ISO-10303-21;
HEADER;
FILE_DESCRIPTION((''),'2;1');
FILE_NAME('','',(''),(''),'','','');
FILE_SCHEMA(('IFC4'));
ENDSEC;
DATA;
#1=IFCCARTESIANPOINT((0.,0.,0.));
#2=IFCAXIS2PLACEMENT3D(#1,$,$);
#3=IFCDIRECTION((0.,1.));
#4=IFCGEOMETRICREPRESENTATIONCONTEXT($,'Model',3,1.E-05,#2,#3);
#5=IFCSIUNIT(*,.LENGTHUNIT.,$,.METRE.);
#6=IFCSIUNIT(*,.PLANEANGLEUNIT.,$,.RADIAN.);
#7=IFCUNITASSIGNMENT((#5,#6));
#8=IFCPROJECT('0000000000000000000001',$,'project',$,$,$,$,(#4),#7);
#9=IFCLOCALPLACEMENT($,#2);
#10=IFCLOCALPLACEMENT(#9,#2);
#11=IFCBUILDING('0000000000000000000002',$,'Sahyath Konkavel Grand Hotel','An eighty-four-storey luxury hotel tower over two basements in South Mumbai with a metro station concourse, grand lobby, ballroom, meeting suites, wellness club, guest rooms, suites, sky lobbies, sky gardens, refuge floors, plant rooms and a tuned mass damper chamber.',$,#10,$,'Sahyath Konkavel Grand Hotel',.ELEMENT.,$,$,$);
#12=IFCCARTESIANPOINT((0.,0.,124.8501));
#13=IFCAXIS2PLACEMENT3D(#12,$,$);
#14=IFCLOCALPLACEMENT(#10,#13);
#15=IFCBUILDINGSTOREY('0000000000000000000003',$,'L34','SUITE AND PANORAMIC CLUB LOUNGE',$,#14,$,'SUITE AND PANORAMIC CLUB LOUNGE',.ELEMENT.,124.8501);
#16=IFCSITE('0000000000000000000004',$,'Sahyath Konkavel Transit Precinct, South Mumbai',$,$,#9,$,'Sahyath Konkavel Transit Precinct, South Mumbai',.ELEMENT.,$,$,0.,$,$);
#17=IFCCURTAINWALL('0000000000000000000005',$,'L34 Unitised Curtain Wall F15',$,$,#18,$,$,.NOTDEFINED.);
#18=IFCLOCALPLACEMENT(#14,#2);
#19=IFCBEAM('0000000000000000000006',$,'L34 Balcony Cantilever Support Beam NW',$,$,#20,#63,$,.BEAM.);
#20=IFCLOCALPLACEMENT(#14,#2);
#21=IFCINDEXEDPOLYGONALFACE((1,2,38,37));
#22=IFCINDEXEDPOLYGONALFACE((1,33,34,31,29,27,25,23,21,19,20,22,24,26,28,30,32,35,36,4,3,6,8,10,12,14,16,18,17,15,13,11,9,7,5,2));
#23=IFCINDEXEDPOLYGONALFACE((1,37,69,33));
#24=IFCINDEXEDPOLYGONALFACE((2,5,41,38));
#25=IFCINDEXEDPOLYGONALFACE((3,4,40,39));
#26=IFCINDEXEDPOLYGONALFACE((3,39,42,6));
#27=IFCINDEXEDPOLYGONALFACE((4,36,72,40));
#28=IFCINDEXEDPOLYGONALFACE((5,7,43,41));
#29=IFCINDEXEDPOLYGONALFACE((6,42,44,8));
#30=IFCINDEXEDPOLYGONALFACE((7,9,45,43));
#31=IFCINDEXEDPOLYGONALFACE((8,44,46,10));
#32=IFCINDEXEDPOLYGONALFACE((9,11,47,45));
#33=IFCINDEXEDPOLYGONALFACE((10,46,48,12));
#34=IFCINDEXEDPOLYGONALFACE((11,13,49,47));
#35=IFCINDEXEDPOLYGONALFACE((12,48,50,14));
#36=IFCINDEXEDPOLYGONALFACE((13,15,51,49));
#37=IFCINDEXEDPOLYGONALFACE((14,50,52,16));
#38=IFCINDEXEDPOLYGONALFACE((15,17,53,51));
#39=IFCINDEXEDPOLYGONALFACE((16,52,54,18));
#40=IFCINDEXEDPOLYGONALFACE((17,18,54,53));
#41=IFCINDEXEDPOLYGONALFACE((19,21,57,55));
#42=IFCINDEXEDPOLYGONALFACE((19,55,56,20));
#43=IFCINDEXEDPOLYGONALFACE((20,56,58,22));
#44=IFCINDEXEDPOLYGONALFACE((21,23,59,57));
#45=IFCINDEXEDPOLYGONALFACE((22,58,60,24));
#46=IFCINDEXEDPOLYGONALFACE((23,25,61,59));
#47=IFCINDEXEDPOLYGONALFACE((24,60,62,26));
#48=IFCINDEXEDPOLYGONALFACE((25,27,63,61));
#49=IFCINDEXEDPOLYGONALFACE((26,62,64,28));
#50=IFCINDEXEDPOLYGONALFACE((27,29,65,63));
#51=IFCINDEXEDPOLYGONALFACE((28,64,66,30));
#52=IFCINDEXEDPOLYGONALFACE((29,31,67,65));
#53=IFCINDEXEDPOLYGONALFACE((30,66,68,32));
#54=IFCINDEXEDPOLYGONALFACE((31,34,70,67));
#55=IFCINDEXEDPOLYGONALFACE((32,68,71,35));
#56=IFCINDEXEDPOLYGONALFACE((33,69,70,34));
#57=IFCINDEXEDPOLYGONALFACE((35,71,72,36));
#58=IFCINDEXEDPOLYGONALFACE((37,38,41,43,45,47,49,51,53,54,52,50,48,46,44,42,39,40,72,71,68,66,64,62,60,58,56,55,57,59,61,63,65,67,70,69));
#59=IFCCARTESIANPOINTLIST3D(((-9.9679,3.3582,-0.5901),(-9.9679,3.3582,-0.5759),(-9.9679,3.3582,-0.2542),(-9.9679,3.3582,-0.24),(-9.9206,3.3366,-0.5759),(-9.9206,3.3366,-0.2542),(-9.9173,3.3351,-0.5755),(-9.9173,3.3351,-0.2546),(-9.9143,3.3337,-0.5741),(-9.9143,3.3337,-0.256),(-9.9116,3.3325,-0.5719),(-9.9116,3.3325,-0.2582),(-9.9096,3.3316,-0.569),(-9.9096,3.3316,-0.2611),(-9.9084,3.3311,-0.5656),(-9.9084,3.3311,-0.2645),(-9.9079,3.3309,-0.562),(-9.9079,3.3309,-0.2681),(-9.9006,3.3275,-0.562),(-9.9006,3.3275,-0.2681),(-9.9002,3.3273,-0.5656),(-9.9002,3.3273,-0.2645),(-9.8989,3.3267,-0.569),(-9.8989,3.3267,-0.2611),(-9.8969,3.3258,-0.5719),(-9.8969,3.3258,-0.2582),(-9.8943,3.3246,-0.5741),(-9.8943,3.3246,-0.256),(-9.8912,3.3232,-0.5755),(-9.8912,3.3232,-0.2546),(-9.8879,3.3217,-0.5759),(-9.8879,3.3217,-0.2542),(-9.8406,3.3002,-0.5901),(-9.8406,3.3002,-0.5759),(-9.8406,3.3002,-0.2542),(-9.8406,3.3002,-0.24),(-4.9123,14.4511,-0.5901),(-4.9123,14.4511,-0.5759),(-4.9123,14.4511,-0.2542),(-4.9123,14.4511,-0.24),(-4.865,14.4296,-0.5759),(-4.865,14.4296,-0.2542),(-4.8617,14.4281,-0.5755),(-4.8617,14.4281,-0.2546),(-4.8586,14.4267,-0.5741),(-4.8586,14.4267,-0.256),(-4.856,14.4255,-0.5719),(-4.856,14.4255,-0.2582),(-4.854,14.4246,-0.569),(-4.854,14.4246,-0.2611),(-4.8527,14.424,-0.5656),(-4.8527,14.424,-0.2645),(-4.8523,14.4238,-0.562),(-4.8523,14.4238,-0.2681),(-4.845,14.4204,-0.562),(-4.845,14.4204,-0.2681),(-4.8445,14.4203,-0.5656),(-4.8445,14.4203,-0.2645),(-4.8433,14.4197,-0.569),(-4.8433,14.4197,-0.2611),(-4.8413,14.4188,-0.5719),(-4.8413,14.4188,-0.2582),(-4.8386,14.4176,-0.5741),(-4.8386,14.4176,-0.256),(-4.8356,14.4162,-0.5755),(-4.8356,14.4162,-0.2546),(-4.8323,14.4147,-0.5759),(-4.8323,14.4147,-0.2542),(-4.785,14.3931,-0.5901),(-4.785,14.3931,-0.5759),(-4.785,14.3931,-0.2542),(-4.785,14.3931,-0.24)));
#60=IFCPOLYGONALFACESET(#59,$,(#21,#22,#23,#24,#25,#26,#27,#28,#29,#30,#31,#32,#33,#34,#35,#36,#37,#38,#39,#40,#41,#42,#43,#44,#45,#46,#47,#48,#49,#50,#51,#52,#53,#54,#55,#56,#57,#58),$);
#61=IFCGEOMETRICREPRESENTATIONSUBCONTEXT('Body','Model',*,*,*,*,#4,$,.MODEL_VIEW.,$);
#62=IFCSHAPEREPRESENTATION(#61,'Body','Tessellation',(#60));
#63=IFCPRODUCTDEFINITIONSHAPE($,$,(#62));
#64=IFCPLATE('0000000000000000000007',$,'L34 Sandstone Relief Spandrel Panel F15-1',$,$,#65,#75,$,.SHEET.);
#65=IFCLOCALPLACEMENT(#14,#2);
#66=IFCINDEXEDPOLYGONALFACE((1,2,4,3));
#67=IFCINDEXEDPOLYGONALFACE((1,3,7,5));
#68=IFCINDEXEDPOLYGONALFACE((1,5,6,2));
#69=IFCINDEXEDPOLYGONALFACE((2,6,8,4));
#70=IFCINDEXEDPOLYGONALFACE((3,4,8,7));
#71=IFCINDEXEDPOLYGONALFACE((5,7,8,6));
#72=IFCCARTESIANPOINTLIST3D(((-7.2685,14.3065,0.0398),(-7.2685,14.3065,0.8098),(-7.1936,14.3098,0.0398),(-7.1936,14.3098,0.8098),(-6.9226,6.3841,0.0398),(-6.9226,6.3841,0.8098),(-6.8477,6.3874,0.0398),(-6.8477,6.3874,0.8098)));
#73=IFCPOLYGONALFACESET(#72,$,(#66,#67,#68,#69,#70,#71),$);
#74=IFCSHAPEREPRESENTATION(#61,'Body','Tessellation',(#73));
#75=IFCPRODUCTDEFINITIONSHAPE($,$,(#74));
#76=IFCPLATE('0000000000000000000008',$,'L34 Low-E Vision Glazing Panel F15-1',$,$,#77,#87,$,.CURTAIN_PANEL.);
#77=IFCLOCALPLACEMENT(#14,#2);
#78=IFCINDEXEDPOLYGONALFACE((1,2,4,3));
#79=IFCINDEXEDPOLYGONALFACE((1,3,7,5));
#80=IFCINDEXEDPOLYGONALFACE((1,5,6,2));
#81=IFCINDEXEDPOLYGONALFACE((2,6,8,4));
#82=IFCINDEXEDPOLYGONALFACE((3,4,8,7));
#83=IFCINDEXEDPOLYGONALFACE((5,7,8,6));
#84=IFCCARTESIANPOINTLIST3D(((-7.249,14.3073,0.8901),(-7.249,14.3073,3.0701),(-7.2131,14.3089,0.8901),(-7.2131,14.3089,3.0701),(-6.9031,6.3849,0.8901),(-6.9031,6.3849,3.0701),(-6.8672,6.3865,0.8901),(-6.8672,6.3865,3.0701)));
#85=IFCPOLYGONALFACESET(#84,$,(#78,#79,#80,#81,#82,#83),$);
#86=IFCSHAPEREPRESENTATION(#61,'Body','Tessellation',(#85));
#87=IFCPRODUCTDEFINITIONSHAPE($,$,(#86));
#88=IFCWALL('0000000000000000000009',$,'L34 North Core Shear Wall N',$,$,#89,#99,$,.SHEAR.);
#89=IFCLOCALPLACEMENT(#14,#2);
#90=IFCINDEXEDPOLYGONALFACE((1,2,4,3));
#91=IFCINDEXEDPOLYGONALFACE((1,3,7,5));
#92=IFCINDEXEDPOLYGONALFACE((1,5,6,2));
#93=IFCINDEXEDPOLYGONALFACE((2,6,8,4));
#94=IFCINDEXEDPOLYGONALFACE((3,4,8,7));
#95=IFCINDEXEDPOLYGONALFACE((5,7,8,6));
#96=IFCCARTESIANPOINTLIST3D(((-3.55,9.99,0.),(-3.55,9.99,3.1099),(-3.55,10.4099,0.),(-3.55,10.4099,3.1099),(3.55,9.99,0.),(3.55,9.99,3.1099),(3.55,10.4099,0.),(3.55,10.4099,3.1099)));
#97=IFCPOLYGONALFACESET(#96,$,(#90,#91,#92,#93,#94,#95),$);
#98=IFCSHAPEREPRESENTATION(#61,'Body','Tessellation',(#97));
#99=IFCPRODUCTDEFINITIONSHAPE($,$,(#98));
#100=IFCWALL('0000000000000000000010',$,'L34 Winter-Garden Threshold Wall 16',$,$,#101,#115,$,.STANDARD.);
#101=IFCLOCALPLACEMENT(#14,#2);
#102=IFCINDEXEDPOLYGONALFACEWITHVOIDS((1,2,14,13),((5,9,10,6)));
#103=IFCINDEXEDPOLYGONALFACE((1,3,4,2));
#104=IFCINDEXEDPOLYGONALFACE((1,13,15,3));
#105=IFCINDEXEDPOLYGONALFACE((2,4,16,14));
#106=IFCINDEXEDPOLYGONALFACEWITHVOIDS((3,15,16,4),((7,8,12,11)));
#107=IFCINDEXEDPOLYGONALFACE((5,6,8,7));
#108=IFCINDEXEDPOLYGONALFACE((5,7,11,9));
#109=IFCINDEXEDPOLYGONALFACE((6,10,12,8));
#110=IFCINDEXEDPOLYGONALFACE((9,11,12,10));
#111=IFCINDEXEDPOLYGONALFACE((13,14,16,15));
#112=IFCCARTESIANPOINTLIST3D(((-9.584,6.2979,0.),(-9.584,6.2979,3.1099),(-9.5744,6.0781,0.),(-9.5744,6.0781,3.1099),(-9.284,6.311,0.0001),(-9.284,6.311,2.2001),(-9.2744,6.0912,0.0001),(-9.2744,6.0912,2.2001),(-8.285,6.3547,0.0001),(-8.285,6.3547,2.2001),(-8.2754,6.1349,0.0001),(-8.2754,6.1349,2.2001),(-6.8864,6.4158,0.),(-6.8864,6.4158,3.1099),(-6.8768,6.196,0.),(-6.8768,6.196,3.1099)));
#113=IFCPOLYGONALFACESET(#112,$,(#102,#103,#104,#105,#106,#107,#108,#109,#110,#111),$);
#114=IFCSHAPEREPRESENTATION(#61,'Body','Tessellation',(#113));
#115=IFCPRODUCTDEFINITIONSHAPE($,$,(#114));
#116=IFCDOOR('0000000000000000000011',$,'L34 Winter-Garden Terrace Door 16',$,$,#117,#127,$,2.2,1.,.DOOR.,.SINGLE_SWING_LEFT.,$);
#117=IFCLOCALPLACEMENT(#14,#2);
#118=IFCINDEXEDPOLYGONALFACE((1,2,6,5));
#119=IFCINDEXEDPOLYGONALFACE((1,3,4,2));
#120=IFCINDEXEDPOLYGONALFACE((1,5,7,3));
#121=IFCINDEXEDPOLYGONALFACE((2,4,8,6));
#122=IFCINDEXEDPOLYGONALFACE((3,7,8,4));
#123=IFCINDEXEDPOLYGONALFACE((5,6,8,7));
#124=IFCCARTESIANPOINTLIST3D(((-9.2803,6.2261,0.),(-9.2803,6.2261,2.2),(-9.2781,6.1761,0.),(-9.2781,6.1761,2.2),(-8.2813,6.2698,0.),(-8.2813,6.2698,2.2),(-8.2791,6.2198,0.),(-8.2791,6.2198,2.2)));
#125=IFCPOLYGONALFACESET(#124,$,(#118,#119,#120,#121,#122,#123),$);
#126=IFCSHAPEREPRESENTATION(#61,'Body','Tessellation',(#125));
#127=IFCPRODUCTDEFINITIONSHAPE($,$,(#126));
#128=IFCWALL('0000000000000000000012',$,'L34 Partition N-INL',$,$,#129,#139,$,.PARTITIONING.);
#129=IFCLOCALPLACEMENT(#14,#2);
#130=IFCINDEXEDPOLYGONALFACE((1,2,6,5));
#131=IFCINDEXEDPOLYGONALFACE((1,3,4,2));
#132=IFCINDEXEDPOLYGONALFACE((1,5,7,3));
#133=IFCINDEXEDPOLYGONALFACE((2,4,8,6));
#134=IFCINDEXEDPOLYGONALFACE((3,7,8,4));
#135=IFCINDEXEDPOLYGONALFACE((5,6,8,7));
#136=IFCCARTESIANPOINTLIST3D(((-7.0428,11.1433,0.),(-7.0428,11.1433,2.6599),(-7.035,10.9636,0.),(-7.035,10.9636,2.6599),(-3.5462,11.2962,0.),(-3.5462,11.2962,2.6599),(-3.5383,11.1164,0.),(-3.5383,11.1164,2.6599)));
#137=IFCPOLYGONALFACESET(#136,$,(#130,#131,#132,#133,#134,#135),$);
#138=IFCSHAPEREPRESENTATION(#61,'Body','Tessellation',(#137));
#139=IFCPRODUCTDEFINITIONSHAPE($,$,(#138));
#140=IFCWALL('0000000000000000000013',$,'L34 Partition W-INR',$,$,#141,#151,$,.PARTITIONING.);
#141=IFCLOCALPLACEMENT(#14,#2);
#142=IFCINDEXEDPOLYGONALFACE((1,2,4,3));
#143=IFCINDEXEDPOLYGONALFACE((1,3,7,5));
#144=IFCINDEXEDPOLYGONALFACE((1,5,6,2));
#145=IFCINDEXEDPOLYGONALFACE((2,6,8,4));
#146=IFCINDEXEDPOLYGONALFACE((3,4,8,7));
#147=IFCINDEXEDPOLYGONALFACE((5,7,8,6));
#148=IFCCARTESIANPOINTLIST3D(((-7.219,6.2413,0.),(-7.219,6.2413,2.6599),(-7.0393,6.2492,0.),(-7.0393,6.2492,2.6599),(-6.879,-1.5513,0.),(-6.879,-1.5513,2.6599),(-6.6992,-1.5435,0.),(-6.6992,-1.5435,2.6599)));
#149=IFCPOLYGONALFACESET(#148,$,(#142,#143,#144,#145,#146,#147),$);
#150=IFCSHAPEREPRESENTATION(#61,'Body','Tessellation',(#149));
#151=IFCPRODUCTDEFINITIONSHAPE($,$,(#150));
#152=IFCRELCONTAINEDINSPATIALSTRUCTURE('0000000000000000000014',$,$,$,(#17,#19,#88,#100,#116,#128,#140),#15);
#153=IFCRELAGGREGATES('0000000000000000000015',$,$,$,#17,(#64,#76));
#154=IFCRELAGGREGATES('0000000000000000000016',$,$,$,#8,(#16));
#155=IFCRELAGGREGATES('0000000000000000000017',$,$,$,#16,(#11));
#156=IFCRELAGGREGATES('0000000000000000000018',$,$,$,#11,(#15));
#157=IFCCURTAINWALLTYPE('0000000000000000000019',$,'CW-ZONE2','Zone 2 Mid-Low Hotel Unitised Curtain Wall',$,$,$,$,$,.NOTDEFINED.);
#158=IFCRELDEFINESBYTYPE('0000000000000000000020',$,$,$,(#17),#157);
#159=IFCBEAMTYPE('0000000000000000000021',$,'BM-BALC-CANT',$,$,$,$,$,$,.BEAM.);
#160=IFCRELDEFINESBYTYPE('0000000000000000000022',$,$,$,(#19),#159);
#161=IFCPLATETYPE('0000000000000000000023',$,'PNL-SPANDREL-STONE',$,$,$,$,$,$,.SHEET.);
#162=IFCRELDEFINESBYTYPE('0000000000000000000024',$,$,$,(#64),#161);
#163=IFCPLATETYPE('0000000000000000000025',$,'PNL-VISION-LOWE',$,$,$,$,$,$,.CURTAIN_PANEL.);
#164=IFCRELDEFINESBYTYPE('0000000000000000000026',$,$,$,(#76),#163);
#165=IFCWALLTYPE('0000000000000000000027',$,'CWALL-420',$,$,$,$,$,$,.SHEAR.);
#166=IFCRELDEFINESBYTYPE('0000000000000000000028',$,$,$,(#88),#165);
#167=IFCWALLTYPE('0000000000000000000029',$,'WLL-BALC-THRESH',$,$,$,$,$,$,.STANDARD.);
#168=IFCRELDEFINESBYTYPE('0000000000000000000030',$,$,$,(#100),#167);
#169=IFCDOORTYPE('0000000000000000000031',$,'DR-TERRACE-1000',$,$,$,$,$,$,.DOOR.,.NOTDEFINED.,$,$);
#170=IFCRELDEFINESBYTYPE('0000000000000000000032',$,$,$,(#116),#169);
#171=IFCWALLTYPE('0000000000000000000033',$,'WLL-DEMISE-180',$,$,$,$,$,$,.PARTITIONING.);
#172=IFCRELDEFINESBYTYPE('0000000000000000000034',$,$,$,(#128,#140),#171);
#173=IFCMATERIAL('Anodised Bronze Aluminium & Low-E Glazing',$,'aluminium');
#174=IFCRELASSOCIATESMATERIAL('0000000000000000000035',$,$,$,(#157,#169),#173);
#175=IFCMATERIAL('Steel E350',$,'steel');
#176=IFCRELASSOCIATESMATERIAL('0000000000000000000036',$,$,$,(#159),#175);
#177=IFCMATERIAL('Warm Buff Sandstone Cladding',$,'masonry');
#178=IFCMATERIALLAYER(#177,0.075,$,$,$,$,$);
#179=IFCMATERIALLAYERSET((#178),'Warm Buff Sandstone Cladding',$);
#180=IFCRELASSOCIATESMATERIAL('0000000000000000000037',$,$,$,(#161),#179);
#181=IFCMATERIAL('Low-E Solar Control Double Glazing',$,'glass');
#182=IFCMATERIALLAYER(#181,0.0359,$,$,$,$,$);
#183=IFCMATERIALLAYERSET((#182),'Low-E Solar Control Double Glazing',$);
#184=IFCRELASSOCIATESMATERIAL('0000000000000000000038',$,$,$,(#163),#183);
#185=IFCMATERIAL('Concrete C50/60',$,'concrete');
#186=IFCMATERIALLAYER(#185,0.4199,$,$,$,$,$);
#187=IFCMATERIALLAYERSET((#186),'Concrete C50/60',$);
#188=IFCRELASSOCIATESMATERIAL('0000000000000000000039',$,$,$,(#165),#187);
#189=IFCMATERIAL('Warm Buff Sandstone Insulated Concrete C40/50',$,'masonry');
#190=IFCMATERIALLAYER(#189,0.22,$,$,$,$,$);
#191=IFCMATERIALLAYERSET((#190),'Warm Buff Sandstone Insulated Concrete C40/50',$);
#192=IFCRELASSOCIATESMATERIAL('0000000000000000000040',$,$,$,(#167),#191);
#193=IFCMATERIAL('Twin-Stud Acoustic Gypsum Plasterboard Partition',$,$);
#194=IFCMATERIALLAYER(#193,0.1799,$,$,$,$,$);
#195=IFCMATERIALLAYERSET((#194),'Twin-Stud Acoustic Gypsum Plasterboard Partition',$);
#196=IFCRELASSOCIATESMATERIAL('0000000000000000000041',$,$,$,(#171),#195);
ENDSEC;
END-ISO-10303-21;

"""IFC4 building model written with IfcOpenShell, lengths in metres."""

from ifc_helpers import new_model, si_unit, direction, frame, frame_2d, origin, origin_2d, place, context, subcontext, project, spatial, rectangle, i_section, extrude, source, transform, mapped, material, layer, layer_set, material_profile, profile_set, type_object, element, fill, aggregate, save


model = new_model("IFC4")

# Units and contexts
model_context = context("Model", 3, precision=1e-05, world=origin(), true_north=direction((0.0, 1.0)))
body_context = subcontext(model_context, "Body", "Model", "MODEL_VIEW")
ifc_project = project(units=[si_unit("LENGTHUNIT", "METRE"), si_unit("PLANEANGLEUNIT", "RADIAN")], contexts=[model_context])

# Site, building, storey
site_placement = place(None, origin())
site = spatial("IfcSite", under=ifc_project, at=site_placement, Name="Sahyath Konkavel Transit Precinct, South Mumbai", LongName="Sahyath Konkavel Transit Precinct, South Mumbai", CompositionType="ELEMENT", RefElevation=0.0)
building_placement = place(site_placement, origin())
building = spatial("IfcBuilding", under=site, at=building_placement, Name="Sahyath Konkavel Grand Hotel", Description="An eighty-four-storey luxury hotel tower over two basements in South Mumbai with a metro station concourse, grand lobby, ballroom, meeting suites, wellness club, guest rooms, suites, sky lobbies, sky gardens, refuge floors, plant rooms and a tuned mass damper chamber.", LongName="Sahyath Konkavel Grand Hotel", CompositionType="ELEMENT")
storey_placement = place(building_placement, frame((0.0, 0.0, 124.8501)))
storey = spatial("IfcBuildingStorey", under=building, at=storey_placement, Name="L34", Description="SUITE AND PANORAMIC CLUB LOUNGE", LongName="SUITE AND PANORAMIC CLUB LOUNGE", CompositionType="ELEMENT", Elevation=124.8501)

# Shared definitions
ifc_material_1 = material(Name="Steel E350", Category="steel")

# Curtain wall
ifc_material_2 = material(Name="Anodised Bronze Aluminium & Low-E Glazing", Category="aluminium")
curtain_wall_type = type_object("IfcCurtainWallType", Name="CW-ZONE2", Description="Zone 2 Mid-Low Hotel Unitised Curtain Wall", PredefinedType="NOTDEFINED", material=ifc_material_2)
curtain_wall_1_placement = place(storey_placement, origin())
curtain_wall_1 = element("IfcCurtainWall", 1, at=curtain_wall_1_placement, inside=storey, type_object=curtain_wall_type, Name="L34 Unitised Curtain Wall F15", PredefinedType="NOTDEFINED")

# Beam
ifc_material_profile_1 = material_profile(ifc_material_1, i_section(OverallWidth=0.1399, OverallDepth=0.3501, WebThickness=0.0081, FlangeThickness=0.0142, FilletRadius=0.0139, at=origin_2d()), Name="ISMB 350")
ifc_profile_set_1 = profile_set([ifc_material_profile_1], Name="Steel E350")
beam_type_1 = type_object("IfcBeamType", Name="BM-BALC-CANT", PredefinedType="BEAM", material=ifc_profile_set_1)
shared_shape_1 = source(origin(), body_context, "Body", "SweptSolid", [
    extrude(i_section(OverallWidth=0.1399, OverallDepth=0.3501, WebThickness=0.0081, FlangeThickness=0.0142, FilletRadius=0.0139, at=origin_2d()), origin(), (0.0, 0.0, 1.0), 12.1907),
])
beam_1_placement = place(storey_placement, frame((-4.8486, 14.4221, -0.415), z_axis=(-0.414713, -0.909952, 0.0), x_axis=(0.909952, -0.414713, 0.0)))
element("IfcBeam", 2, at=beam_1_placement, inside=storey, type_object=beam_type_1, Name="L34 Balcony Cantilever Support Beam NW", PredefinedType="BEAM", context=body_context, shape_type="MappedRepresentation", body=[
    mapped(shared_shape_1, transform((0.0, 0.0, 0.0), scale=1.0)),
])

# Plates
ifc_material_3 = material(Name="Warm Buff Sandstone Cladding", Category="masonry")
ifc_layer_1 = layer(ifc_material_3, 0.075)
ifc_layer_set_1 = layer_set([ifc_layer_1], Name="Warm Buff Sandstone Cladding")
plate_type_1 = type_object("IfcPlateType", Name="PNL-SPANDREL-STONE", PredefinedType="SHEET", material=ifc_layer_set_1)
shared_shape_2 = source(origin(), body_context, "Body", "SweptSolid", [
    extrude(rectangle(XDim=7.9299, YDim=0.075, at=origin_2d()), origin(), (0.0, 0.0, 1.0), 0.77),
])
plate_1_placement = place(storey_placement, frame((-7.0581, 10.3469, 0.0398), z_axis=(0.0, 0.0, 1.0), x_axis=(0.043619, -0.999048, 0.0)))
plate_1 = element("IfcPlate", 3, at=plate_1_placement, type_object=plate_type_1, Name="L34 Sandstone Relief Spandrel Panel F15-1", PredefinedType="SHEET", context=body_context, shape_type="MappedRepresentation", body=[
    mapped(shared_shape_2, transform((0.0, 0.0, 0.0), scale=1.0)),
])
ifc_material_4 = material(Name="Low-E Solar Control Double Glazing", Category="glass")
ifc_layer_2 = layer(ifc_material_4, 0.0359)
ifc_layer_set_2 = layer_set([ifc_layer_2], Name="Low-E Solar Control Double Glazing")
plate_type_2 = type_object("IfcPlateType", Name="PNL-VISION-LOWE", PredefinedType="CURTAIN_PANEL", material=ifc_layer_set_2)
shared_shape_3 = source(origin(), body_context, "Body", "SweptSolid", [
    extrude(rectangle(XDim=7.9299, YDim=0.0359, at=origin_2d()), origin(), (0.0, 0.0, 1.0), 2.1799),
])
plate_2_placement = place(storey_placement, frame((-7.0581, 10.3469, 0.8901), z_axis=(0.0, 0.0, 1.0), x_axis=(0.043619, -0.999048, 0.0)))
plate_2 = element("IfcPlate", 4, at=plate_2_placement, type_object=plate_type_2, Name="L34 Low-E Vision Glazing Panel F15-1", PredefinedType="CURTAIN_PANEL", context=body_context, shape_type="MappedRepresentation", body=[
    mapped(shared_shape_3, transform((0.0, 0.0, 0.0), scale=1.0)),
])
aggregate(curtain_wall_1, [plate_1, plate_2])

# Wall
ifc_material_5 = material(Name="Concrete C50/60", Category="concrete")
ifc_layer_3 = layer(ifc_material_5, 0.4199)
ifc_layer_set_3 = layer_set([ifc_layer_3], Name="Concrete C50/60")
wall_type_1 = type_object("IfcWallType", Name="CWALL-420", PredefinedType="SHEAR", material=ifc_layer_set_3)
wall_1_placement = place(storey_placement, frame((-3.55, 10.2, 0.0), z_axis=(0.0, 0.0, 1.0), x_axis=(1.0, 0.0, 0.0)))
element("IfcWall", 5, at=wall_1_placement, inside=storey, type_object=wall_type_1, Name="L34 North Core Shear Wall N", PredefinedType="SHEAR", context=body_context, shape_type="SweptSolid", body=[
    extrude(rectangle(XDim=7.1001, YDim=0.4199, at=frame_2d((3.55, 0.0))), origin(), (0.0, 0.0, 1.0), 3.1099),
])

# Wall, opening, door
ifc_material_6 = material(Name="Warm Buff Sandstone Insulated Concrete C40/50", Category="masonry")
ifc_layer_4 = layer(ifc_material_6, 0.22)
ifc_layer_set_4 = layer_set([ifc_layer_4], Name="Warm Buff Sandstone Insulated Concrete C40/50")
wall_type_2 = type_object("IfcWallType", Name="WLL-BALC-THRESH", PredefinedType="STANDARD", material=ifc_layer_set_4)
wall_2_placement = place(storey_placement, frame((-6.8816, 6.3059, 0.0), z_axis=(0.0, 0.0, 1.0), x_axis=(-0.999046, -0.043673, 0.0)))
wall_2 = element("IfcWall", 6, at=wall_2_placement, inside=storey, type_object=wall_type_2, Name="L34 Winter-Garden Threshold Wall 16", PredefinedType="STANDARD", context=body_context, shape_type="SweptSolid", body=[
    extrude(rectangle(XDim=2.7002, YDim=0.22, at=frame_2d((1.3501, 0.0))), origin(), (0.0, 0.0, 1.0), 3.1099),
])
opening_1_placement = place(wall_2_placement, frame((1.3999, 0.0, 0.0)))
opening_1 = element("IfcOpeningElement", 7, at=opening_1_placement, cuts=wall_2, PredefinedType="OPENING", context=body_context, shape_type="SweptSolid", body=[
    extrude(rectangle(XDim=1.0, YDim=2.2, at=frame_2d((0.5, 1.1001))), frame((0.0, 0.1201, 0.0), z_axis=(0.0, -1.0, 0.0), x_axis=(1.0, 0.0, 0.0)), (0.0, 0.0, 1.0), 0.24),
])
door_type_1 = type_object("IfcDoorType", Name="DR-TERRACE-1000", OperationType="NOTDEFINED", PredefinedType="DOOR", material=ifc_material_2)
shared_shape_4 = source(origin(), body_context, "Body", "SweptSolid", [
    extrude(rectangle(XDim=1.0, YDim=0.05, at=origin_2d()), origin(), (0.0, 0.0, 1.0), 2.2),
])
door_1_placement = place(opening_1_placement, frame((0.5, 0.0, 0.0)))
door_1 = element("IfcDoor", 8, at=door_1_placement, inside=storey, type_object=door_type_1, Name="L34 Winter-Garden Terrace Door 16", OperationType="SINGLE_SWING_LEFT", OverallHeight=2.2, OverallWidth=1.0, PredefinedType="DOOR", context=body_context, shape_type="MappedRepresentation", body=[
    mapped(shared_shape_4, transform((0.0, 0.0, 0.0), scale=1.0)),
])
fill(opening_1, door_1)

# Walls
ifc_material_7 = material(Name="Twin-Stud Acoustic Gypsum Plasterboard Partition")
ifc_layer_5 = layer(ifc_material_7, 0.1799)
ifc_layer_set_5 = layer_set([ifc_layer_5], Name="Twin-Stud Acoustic Gypsum Plasterboard Partition")
wall_type_3 = type_object("IfcWallType", Name="WLL-DEMISE-180", PredefinedType="PARTITIONING", material=ifc_layer_set_5)
wall_3_placement = place(storey_placement, frame((-3.5422, 11.2063, 0.0), z_axis=(0.0, 0.0, 1.0), x_axis=(-0.999046, -0.043667, 0.0)))
element("IfcWall", 9, at=wall_3_placement, inside=storey, type_object=wall_type_3, Name="L34 Partition N-INL", PredefinedType="PARTITIONING", context=body_context, shape_type="SweptSolid", body=[
    extrude(rectangle(XDim=3.5, YDim=0.1799, at=frame_2d((1.75, 0.0))), origin(), (0.0, 0.0, 1.0), 2.6599),
])
wall_4_placement = place(storey_placement, frame((-7.1292, 6.2451, 0.0), z_axis=(0.0, 0.0, 1.0), x_axis=(0.0436, -0.999049, 0.0)))
element("IfcWall", 10, at=wall_4_placement, inside=storey, type_object=wall_type_3, Name="L34 Partition W-INR", PredefinedType="PARTITIONING", context=body_context, shape_type="SweptSolid", body=[
    extrude(rectangle(XDim=7.8, YDim=0.1799, at=frame_2d((3.8999, 0.0))), origin(), (0.0, 0.0, 1.0), 2.6599),
])

save(model, "model.ifc")
